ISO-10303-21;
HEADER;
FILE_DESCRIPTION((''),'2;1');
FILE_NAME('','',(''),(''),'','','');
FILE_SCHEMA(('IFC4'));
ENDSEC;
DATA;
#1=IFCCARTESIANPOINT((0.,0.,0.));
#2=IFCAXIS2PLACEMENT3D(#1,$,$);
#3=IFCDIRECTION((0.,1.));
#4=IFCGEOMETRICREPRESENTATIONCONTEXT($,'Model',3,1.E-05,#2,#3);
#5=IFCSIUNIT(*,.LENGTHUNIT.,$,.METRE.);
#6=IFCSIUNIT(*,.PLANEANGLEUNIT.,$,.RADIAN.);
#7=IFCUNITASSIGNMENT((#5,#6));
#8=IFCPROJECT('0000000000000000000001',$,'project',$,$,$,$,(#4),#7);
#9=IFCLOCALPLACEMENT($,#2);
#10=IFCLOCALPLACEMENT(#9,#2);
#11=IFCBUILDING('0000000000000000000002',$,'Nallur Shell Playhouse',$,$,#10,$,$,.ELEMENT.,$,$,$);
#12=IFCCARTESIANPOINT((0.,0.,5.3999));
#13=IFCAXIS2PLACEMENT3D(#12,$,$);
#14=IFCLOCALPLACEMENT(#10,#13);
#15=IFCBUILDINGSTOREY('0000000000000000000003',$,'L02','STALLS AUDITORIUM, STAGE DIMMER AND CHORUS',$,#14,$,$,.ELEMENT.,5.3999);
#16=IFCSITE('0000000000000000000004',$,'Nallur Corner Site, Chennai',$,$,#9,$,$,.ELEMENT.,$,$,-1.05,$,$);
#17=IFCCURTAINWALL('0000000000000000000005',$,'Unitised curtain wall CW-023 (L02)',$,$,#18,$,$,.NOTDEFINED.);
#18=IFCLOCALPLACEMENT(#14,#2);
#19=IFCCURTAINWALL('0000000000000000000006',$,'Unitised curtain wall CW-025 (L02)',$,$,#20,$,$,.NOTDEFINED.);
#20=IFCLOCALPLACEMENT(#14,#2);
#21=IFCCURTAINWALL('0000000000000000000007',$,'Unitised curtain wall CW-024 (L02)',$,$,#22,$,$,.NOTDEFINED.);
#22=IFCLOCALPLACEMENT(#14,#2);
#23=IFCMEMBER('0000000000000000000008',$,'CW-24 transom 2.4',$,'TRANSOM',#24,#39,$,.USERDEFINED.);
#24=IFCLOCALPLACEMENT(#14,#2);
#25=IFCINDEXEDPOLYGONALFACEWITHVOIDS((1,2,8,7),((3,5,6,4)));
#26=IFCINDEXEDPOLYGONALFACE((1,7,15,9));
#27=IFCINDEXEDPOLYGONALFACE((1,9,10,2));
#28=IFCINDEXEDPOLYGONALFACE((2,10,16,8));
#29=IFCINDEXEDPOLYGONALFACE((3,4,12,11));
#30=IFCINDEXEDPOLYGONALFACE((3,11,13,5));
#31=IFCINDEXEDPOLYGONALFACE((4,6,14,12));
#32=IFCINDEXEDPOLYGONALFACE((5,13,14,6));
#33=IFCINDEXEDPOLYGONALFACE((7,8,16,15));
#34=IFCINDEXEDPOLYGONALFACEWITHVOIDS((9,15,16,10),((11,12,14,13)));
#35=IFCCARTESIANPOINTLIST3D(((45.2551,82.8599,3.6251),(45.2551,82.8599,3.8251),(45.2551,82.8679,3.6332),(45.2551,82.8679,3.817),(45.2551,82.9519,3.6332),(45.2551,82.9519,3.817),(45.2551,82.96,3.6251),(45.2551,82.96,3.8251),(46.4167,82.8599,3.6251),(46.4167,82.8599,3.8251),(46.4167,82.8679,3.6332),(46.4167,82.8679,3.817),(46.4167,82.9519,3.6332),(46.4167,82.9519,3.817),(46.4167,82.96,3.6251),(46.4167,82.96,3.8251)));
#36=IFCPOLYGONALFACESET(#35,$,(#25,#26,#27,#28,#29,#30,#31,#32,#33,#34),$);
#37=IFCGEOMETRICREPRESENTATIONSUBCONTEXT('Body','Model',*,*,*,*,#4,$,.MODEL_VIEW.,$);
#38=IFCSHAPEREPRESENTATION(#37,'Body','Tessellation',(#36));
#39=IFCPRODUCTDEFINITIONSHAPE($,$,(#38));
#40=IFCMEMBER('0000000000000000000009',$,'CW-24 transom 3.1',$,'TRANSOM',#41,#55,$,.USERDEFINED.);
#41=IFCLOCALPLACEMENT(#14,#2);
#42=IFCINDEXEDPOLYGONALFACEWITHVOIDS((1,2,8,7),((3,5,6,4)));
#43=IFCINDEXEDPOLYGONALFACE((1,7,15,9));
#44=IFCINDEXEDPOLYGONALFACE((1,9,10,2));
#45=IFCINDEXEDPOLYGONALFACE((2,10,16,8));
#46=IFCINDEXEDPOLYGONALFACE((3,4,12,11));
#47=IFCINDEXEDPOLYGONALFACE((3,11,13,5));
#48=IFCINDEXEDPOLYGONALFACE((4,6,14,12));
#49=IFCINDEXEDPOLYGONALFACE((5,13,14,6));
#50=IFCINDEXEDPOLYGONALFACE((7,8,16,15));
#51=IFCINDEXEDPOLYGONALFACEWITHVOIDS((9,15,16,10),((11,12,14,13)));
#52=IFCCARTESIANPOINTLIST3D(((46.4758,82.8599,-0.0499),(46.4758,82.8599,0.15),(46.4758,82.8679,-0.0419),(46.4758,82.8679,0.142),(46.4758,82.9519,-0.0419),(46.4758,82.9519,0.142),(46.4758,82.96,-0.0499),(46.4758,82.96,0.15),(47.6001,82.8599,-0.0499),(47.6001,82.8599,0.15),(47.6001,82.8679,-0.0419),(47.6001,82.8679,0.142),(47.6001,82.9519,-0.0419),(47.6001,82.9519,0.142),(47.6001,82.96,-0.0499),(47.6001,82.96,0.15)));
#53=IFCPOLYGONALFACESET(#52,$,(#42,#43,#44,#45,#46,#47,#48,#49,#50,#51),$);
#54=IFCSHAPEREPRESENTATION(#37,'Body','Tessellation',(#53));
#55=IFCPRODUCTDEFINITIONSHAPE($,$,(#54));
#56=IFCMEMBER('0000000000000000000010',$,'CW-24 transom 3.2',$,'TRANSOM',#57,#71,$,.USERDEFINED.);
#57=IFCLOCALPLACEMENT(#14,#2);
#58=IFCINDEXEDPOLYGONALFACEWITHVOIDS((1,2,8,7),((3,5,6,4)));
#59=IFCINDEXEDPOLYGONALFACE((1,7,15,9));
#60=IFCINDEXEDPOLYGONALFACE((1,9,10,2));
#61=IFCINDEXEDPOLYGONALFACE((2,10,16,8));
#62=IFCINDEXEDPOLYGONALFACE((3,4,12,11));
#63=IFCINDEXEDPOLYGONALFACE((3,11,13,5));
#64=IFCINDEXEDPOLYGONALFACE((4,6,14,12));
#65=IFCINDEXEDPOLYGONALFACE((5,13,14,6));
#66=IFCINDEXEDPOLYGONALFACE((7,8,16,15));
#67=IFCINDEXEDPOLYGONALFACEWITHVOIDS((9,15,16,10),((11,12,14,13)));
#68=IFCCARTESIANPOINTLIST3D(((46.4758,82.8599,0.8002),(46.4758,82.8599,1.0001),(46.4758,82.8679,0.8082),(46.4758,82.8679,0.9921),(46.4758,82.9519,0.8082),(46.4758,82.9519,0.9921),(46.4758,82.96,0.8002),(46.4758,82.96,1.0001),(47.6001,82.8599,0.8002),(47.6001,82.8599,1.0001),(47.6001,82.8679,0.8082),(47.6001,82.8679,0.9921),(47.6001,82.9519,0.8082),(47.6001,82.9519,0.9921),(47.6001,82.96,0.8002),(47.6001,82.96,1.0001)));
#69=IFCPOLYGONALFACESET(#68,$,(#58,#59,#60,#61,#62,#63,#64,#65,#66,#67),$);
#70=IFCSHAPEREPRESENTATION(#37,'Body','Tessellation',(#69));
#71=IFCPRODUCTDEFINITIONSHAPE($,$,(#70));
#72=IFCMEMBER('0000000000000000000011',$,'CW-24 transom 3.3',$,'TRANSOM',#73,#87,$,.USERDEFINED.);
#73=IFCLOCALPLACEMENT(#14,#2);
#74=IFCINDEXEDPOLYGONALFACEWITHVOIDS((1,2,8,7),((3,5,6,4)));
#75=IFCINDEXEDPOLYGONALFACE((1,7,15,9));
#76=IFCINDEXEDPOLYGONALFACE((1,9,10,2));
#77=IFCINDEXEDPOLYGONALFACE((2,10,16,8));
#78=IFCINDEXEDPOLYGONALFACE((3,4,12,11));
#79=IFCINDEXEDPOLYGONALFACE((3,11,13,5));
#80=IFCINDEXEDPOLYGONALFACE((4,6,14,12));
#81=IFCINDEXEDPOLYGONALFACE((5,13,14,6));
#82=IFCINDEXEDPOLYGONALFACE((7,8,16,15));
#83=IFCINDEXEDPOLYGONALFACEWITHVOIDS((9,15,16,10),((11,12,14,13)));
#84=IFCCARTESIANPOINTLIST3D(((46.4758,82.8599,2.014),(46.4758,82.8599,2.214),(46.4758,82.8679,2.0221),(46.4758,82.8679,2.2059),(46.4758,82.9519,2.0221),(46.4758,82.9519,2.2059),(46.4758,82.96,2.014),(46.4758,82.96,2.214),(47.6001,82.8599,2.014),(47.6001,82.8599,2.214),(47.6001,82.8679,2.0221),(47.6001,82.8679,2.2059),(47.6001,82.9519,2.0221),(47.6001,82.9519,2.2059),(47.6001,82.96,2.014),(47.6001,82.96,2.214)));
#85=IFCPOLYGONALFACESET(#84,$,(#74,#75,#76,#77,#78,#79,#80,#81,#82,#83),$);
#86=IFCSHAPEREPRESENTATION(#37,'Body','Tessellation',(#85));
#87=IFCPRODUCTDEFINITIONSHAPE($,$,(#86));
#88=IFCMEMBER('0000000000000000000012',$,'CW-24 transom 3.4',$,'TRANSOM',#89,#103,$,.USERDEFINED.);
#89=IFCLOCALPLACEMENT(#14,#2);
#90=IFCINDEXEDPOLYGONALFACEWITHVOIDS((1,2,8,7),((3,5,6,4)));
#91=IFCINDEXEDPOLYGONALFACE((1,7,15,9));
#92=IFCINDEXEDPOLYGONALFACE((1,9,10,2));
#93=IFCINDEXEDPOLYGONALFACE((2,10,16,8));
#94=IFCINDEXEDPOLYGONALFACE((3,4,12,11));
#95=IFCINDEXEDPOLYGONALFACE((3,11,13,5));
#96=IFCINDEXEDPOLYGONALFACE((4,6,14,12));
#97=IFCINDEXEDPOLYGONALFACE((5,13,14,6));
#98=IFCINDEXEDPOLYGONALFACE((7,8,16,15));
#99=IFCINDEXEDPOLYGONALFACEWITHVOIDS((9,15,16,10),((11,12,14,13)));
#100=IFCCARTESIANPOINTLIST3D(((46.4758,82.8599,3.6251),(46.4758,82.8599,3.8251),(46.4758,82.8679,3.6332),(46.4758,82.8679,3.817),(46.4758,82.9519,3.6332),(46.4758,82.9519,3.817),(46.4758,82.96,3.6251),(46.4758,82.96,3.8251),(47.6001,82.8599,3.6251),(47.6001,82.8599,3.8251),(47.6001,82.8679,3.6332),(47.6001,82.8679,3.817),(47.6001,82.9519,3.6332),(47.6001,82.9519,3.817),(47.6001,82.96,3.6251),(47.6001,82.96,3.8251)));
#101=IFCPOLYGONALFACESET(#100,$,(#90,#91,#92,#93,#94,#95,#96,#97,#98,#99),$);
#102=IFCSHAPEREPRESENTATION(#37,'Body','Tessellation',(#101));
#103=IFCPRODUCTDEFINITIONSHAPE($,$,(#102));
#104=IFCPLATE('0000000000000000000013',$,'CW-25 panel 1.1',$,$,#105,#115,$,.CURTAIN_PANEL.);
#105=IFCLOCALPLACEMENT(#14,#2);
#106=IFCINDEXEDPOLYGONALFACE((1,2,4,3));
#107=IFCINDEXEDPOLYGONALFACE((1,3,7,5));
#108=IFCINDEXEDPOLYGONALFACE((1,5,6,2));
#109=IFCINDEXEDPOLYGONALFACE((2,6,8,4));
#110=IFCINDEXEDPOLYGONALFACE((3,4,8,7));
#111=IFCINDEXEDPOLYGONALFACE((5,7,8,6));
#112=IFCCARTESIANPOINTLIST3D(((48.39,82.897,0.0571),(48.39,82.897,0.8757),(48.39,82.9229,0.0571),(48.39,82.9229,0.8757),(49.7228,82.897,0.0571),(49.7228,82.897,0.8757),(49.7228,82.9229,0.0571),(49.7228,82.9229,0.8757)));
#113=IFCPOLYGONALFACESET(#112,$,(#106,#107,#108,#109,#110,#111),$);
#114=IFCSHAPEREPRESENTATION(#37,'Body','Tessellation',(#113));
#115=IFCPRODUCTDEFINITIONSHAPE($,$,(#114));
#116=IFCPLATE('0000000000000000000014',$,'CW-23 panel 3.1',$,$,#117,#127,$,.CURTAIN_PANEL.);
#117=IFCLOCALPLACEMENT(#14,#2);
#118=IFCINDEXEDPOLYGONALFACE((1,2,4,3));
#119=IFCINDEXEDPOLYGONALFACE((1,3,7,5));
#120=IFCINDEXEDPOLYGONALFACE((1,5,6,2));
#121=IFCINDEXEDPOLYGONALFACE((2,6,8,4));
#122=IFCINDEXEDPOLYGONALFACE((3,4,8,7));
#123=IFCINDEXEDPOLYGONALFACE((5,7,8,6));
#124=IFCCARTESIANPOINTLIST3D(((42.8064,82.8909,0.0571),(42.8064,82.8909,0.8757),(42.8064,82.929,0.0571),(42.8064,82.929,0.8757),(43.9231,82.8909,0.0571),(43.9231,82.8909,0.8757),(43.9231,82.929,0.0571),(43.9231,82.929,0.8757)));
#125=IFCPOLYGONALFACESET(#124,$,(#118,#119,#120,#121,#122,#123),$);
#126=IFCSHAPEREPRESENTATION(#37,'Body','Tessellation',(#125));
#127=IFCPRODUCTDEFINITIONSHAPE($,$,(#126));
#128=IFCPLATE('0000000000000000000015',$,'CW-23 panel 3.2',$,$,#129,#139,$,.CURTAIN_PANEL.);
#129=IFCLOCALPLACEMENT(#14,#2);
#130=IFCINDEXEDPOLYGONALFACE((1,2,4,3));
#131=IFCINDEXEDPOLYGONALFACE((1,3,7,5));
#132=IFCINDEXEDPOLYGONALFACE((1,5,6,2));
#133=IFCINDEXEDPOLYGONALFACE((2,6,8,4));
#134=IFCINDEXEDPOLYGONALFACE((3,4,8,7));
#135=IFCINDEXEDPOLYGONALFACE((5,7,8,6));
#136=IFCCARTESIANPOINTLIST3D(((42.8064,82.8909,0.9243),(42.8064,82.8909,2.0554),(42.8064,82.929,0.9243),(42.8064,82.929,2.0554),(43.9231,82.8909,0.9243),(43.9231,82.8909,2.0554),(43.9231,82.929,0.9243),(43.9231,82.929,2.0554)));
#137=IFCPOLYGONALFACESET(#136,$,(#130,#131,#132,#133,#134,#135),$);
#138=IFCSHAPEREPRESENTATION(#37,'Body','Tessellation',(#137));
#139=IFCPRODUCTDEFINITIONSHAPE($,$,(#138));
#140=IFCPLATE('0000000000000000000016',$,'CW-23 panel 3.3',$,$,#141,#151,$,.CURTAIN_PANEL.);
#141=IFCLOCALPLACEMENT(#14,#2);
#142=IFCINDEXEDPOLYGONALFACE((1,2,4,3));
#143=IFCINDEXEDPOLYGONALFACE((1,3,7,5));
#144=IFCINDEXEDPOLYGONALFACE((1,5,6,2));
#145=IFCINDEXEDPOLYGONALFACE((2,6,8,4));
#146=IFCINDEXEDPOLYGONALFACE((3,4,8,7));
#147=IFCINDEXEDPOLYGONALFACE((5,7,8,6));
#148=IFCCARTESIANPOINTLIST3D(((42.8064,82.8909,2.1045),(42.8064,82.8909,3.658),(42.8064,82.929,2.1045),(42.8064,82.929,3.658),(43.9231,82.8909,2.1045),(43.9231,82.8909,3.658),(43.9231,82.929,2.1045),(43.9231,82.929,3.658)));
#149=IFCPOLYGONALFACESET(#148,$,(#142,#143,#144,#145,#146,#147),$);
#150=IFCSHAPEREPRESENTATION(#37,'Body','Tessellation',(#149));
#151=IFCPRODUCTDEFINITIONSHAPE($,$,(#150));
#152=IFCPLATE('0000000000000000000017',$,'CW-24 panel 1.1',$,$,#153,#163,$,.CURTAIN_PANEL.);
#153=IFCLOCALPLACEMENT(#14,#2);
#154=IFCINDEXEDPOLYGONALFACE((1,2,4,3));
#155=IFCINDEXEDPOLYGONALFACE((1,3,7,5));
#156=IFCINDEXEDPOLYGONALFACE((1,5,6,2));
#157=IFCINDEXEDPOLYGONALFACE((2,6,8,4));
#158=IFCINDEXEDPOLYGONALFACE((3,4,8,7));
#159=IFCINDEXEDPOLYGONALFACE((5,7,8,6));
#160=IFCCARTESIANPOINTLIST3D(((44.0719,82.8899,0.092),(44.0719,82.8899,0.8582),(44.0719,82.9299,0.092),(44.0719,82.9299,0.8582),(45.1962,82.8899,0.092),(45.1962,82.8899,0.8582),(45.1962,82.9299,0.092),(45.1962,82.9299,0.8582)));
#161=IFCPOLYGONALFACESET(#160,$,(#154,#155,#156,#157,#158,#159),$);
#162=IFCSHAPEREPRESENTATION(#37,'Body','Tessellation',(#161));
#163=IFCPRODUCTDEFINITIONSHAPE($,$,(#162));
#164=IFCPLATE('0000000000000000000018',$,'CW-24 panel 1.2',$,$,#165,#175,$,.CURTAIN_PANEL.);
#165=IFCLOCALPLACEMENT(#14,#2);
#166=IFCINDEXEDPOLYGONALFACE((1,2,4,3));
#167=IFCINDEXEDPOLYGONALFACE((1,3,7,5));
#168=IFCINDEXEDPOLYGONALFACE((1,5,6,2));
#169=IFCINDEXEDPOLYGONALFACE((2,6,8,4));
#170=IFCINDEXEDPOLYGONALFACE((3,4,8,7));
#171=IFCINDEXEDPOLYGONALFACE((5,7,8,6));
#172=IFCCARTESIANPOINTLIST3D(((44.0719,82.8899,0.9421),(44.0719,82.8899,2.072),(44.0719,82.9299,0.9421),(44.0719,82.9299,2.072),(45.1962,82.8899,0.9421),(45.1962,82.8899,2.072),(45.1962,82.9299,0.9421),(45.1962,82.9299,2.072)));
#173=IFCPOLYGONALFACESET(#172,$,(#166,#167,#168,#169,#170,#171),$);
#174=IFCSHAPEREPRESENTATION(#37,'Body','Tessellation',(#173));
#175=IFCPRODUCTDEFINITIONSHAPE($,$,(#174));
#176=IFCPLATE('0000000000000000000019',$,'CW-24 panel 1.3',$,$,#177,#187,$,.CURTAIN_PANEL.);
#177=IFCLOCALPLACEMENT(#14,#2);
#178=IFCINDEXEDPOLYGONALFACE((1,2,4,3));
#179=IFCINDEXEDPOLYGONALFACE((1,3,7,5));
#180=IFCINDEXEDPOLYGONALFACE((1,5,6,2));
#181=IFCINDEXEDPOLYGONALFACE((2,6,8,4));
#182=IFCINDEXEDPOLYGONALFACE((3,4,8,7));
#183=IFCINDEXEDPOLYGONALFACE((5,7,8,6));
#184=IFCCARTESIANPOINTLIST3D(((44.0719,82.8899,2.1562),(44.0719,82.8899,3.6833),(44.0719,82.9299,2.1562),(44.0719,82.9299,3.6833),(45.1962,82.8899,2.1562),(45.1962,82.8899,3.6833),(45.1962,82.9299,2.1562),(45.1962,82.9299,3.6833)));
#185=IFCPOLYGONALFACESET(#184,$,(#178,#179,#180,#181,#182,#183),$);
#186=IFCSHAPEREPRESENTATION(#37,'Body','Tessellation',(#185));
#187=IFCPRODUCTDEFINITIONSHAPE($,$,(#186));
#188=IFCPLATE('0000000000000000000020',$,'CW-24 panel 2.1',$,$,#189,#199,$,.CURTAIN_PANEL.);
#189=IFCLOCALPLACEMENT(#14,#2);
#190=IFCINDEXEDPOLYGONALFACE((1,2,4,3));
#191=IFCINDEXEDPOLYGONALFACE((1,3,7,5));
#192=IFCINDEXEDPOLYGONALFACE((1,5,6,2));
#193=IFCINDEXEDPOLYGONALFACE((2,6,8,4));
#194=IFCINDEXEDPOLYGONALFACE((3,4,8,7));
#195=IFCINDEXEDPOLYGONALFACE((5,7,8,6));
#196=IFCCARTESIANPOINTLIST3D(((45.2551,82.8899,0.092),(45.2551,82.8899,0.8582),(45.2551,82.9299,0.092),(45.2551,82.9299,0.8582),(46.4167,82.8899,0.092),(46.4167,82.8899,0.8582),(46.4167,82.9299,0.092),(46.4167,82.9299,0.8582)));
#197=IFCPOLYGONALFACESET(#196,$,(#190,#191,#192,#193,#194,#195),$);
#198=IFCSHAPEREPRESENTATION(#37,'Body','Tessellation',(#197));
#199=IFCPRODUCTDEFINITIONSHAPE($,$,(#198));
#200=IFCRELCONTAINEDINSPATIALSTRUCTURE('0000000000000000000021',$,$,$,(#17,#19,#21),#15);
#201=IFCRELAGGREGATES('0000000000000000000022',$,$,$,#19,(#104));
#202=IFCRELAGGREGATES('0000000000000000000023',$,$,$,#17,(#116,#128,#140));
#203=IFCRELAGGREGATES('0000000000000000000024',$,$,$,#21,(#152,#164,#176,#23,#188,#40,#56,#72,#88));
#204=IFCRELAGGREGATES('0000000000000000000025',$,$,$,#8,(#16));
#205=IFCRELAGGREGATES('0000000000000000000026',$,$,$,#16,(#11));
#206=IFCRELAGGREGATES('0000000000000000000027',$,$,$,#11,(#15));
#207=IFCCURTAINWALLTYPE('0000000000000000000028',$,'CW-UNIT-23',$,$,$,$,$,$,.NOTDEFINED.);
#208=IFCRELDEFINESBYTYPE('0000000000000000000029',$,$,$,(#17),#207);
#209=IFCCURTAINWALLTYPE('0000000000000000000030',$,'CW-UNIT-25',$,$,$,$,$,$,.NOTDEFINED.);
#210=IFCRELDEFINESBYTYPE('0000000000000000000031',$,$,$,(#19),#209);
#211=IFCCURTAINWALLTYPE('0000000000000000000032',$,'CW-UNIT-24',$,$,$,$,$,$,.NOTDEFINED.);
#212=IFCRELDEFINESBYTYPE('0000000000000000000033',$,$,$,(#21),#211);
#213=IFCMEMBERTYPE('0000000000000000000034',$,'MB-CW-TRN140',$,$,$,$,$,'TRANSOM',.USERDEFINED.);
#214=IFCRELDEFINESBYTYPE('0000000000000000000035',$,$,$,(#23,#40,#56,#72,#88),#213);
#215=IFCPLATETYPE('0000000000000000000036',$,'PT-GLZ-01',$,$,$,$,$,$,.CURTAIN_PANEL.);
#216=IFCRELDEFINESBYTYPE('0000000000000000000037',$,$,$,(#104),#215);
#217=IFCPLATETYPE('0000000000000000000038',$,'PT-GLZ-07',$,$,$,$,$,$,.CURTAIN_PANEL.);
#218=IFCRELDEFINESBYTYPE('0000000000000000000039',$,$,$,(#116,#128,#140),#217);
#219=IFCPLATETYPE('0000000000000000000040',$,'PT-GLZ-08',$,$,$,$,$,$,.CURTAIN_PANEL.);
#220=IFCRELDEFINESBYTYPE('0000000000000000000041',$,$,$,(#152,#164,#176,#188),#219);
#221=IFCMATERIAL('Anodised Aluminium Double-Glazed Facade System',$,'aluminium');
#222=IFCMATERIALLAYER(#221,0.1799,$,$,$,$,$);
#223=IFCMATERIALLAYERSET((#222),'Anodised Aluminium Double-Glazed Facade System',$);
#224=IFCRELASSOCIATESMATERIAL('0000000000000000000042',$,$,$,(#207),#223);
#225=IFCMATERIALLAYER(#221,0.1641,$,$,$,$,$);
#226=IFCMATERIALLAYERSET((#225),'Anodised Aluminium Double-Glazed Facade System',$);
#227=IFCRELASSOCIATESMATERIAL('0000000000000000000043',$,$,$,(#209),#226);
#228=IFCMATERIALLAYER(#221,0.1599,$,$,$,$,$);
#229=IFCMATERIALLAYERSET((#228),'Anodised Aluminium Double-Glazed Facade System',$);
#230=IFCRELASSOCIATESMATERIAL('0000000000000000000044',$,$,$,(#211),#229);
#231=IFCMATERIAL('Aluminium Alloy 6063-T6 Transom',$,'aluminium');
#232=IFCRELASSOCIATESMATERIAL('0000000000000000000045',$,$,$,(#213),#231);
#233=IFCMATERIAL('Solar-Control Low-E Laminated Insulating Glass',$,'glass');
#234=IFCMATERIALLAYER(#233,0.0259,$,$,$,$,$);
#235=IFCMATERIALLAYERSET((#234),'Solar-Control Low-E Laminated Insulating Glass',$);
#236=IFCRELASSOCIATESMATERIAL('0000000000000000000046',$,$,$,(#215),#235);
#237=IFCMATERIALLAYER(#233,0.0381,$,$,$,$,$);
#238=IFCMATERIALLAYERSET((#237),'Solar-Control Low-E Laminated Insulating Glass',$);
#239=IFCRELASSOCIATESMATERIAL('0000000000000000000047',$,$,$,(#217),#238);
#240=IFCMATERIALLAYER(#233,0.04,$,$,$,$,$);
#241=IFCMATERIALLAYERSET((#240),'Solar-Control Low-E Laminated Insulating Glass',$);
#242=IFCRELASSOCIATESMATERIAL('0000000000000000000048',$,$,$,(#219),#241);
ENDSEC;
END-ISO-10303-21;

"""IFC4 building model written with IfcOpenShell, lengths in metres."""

from ifc_helpers import new_model, si_unit, direction, frame, origin, origin_2d, place, context, subcontext, project, spatial, rectangle, hollow_rectangle, extrude, material, layer, layer_set, material_profile, profile_set, type_object, element, aggregate, save


model = new_model("IFC4")

# Units and contexts
model_context = context("Model", 3, precision=1e-05, world=origin(), true_north=direction((0.0, 1.0)))
body_context = subcontext(model_context, "Body", "Model", "MODEL_VIEW")
ifc_project = project(units=[si_unit("LENGTHUNIT", "METRE"), si_unit("PLANEANGLEUNIT", "RADIAN")], contexts=[model_context])

# Site, building, storey
site_placement = place(None, origin())
site = spatial("IfcSite", under=ifc_project, at=site_placement, Name="Nallur Corner Site, Chennai", CompositionType="ELEMENT", RefElevation=-1.05)
building_placement = place(site_placement, origin())
building = spatial("IfcBuilding", under=site, at=building_placement, Name="Nallur Shell Playhouse", CompositionType="ELEMENT")
storey_placement = place(building_placement, frame((0.0, 0.0, 5.3999)))
storey = spatial("IfcBuildingStorey", under=building, at=storey_placement, Name="L02", Description="STALLS AUDITORIUM, STAGE DIMMER AND CHORUS", CompositionType="ELEMENT", Elevation=5.3999)

# Curtain walls
ifc_material_1 = material(Name="Anodised Aluminium Double-Glazed Facade System", Category="aluminium")
ifc_layer_1 = layer(ifc_material_1, 0.1799)
ifc_layer_set_1 = layer_set([ifc_layer_1], Name="Anodised Aluminium Double-Glazed Facade System")
curtain_wall_type_1 = type_object("IfcCurtainWallType", Name="CW-UNIT-23", PredefinedType="NOTDEFINED", material=ifc_layer_set_1)
curtain_wall_1_placement = place(storey_placement, origin())
curtain_wall_1 = element("IfcCurtainWall", 1, at=curtain_wall_1_placement, inside=storey, type_object=curtain_wall_type_1, Name="Unitised curtain wall CW-023 (L02)", PredefinedType="NOTDEFINED")
ifc_layer_2 = layer(ifc_material_1, 0.1641)
ifc_layer_set_2 = layer_set([ifc_layer_2], Name="Anodised Aluminium Double-Glazed Facade System")
curtain_wall_type_2 = type_object("IfcCurtainWallType", Name="CW-UNIT-25", PredefinedType="NOTDEFINED", material=ifc_layer_set_2)
curtain_wall_2_placement = place(storey_placement, origin())
curtain_wall_2 = element("IfcCurtainWall", 2, at=curtain_wall_2_placement, inside=storey, type_object=curtain_wall_type_2, Name="Unitised curtain wall CW-025 (L02)", PredefinedType="NOTDEFINED")

# Curtain wall
ifc_layer_3 = layer(ifc_material_1, 0.1599)
ifc_layer_set_3 = layer_set([ifc_layer_3], Name="Anodised Aluminium Double-Glazed Facade System")
curtain_wall_type_3 = type_object("IfcCurtainWallType", Name="CW-UNIT-24", PredefinedType="NOTDEFINED", material=ifc_layer_set_3)
curtain_wall_3_placement = place(storey_placement, origin())
curtain_wall_3 = element("IfcCurtainWall", 3, at=curtain_wall_3_placement, inside=storey, type_object=curtain_wall_type_3, Name="Unitised curtain wall CW-024 (L02)", PredefinedType="NOTDEFINED")

# Members
ifc_material_2 = material(Name="Aluminium Alloy 6063-T6 Transom", Category="aluminium")
ifc_material_profile_1 = material_profile(ifc_material_2, hollow_rectangle(XDim=0.1001, YDim=0.2, WallThickness=0.0081, at=origin_2d()), Name="RHS 200x100x8")
ifc_profile_set_1 = profile_set([ifc_material_profile_1], Name="Aluminium Alloy 6063-T6 Transom")
member_type_1 = type_object("IfcMemberType", Name="MB-CW-TRN140", ElementType="TRANSOM", PredefinedType="USERDEFINED", material=ifc_profile_set_1)
member_1_placement = place(storey_placement, frame((45.2551, 82.9099, 3.7251), z_axis=(1.0, 0.0, 0.0), x_axis=(0.0, 1.0, 0.0)))
member_1 = element("IfcMember", 4, at=member_1_placement, type_object=member_type_1, Name="CW-24 transom 2.4", ObjectType="TRANSOM", PredefinedType="USERDEFINED", context=body_context, shape_type="SweptSolid", body=[
    extrude(hollow_rectangle(XDim=0.1001, YDim=0.2, WallThickness=0.0081, at=origin_2d()), origin(), (0.0, 0.0, 1.0), 1.1616),
])
member_2_placement = place(storey_placement, frame((46.4758, 82.9099, 0.05), z_axis=(1.0, 0.0, 0.0), x_axis=(0.0, 1.0, 0.0)))
member_2 = element("IfcMember", 5, at=member_2_placement, type_object=member_type_1, Name="CW-24 transom 3.1", ObjectType="TRANSOM", PredefinedType="USERDEFINED", context=body_context, shape_type="SweptSolid", body=[
    extrude(hollow_rectangle(XDim=0.1001, YDim=0.2, WallThickness=0.0081, at=origin_2d()), origin(), (0.0, 0.0, 1.0), 1.1243),
])
member_3_placement = place(storey_placement, frame((46.4758, 82.9099, 0.9001), z_axis=(1.0, 0.0, 0.0), x_axis=(0.0, 1.0, 0.0)))
member_3 = element("IfcMember", 6, at=member_3_placement, type_object=member_type_1, Name="CW-24 transom 3.2", ObjectType="TRANSOM", PredefinedType="USERDEFINED", context=body_context, shape_type="SweptSolid", body=[
    extrude(hollow_rectangle(XDim=0.1001, YDim=0.2, WallThickness=0.0081, at=origin_2d()), origin(), (0.0, 0.0, 1.0), 1.1243),
])
member_4_placement = place(storey_placement, frame((46.4758, 82.9099, 2.114), z_axis=(1.0, 0.0, 0.0), x_axis=(0.0, 1.0, 0.0)))
member_4 = element("IfcMember", 7, at=member_4_placement, type_object=member_type_1, Name="CW-24 transom 3.3", ObjectType="TRANSOM", PredefinedType="USERDEFINED", context=body_context, shape_type="SweptSolid", body=[
    extrude(hollow_rectangle(XDim=0.1001, YDim=0.2, WallThickness=0.0081, at=origin_2d()), origin(), (0.0, 0.0, 1.0), 1.1243),
])
member_5_placement = place(storey_placement, frame((46.4758, 82.9099, 3.7251), z_axis=(1.0, 0.0, 0.0), x_axis=(0.0, 1.0, 0.0)))
member_5 = element("IfcMember", 8, at=member_5_placement, type_object=member_type_1, Name="CW-24 transom 3.4", ObjectType="TRANSOM", PredefinedType="USERDEFINED", context=body_context, shape_type="SweptSolid", body=[
    extrude(hollow_rectangle(XDim=0.1001, YDim=0.2, WallThickness=0.0081, at=origin_2d()), origin(), (0.0, 0.0, 1.0), 1.1243),
])

# Plates
ifc_material_3 = material(Name="Solar-Control Low-E Laminated Insulating Glass", Category="glass")
ifc_layer_4 = layer(ifc_material_3, 0.0259)
ifc_layer_set_4 = layer_set([ifc_layer_4], Name="Solar-Control Low-E Laminated Insulating Glass")
plate_type_1 = type_object("IfcPlateType", Name="PT-GLZ-01", PredefinedType="CURTAIN_PANEL", material=ifc_layer_set_4)
plate_1_placement = place(storey_placement, frame((49.0564, 82.9099, 0.0571), z_axis=(0.0, 0.0, 1.0), x_axis=(1.0, 0.0, 0.0)))
plate_1 = element("IfcPlate", 9, at=plate_1_placement, type_object=plate_type_1, Name="CW-25 panel 1.1", PredefinedType="CURTAIN_PANEL", context=body_context, shape_type="SweptSolid", body=[
    extrude(rectangle(XDim=1.3328, YDim=0.0259, at=origin_2d()), origin(), (0.0, 0.0, 1.0), 0.8186),
])
aggregate(curtain_wall_2, [plate_1])
ifc_layer_5 = layer(ifc_material_3, 0.0381)
ifc_layer_set_5 = layer_set([ifc_layer_5], Name="Solar-Control Low-E Laminated Insulating Glass")
plate_type_2 = type_object("IfcPlateType", Name="PT-GLZ-07", PredefinedType="CURTAIN_PANEL", material=ifc_layer_set_5)
plate_2_placement = place(storey_placement, frame((43.3647, 82.9099, 0.0571), z_axis=(0.0, 0.0, 1.0), x_axis=(1.0, 0.0, 0.0)))
plate_2 = element("IfcPlate", 10, at=plate_2_placement, type_object=plate_type_2, Name="CW-23 panel 3.1", PredefinedType="CURTAIN_PANEL", context=body_context, shape_type="SweptSolid", body=[
    extrude(rectangle(XDim=1.1167, YDim=0.0381, at=origin_2d()), origin(), (0.0, 0.0, 1.0), 0.8186),
])
plate_3_placement = place(storey_placement, frame((43.3647, 82.9099, 0.9243), z_axis=(0.0, 0.0, 1.0), x_axis=(1.0, 0.0, 0.0)))
plate_3 = element("IfcPlate", 11, at=plate_3_placement, type_object=plate_type_2, Name="CW-23 panel 3.2", PredefinedType="CURTAIN_PANEL", context=body_context, shape_type="SweptSolid", body=[
    extrude(rectangle(XDim=1.1167, YDim=0.0381, at=origin_2d()), origin(), (0.0, 0.0, 1.0), 1.1311),
])
plate_4_placement = place(storey_placement, frame((43.3647, 82.9099, 2.1045), z_axis=(0.0, 0.0, 1.0), x_axis=(1.0, 0.0, 0.0)))
plate_4 = element("IfcPlate", 12, at=plate_4_placement, type_object=plate_type_2, Name="CW-23 panel 3.3", PredefinedType="CURTAIN_PANEL", context=body_context, shape_type="SweptSolid", body=[
    extrude(rectangle(XDim=1.1167, YDim=0.0381, at=origin_2d()), origin(), (0.0, 0.0, 1.0), 1.5535),
])
aggregate(curtain_wall_1, [plate_2, plate_3, plate_4])
ifc_layer_6 = layer(ifc_material_3, 0.04)
ifc_layer_set_6 = layer_set([ifc_layer_6], Name="Solar-Control Low-E Laminated Insulating Glass")
plate_type_3 = type_object("IfcPlateType", Name="PT-GLZ-08", PredefinedType="CURTAIN_PANEL", material=ifc_layer_set_6)
plate_5_placement = place(storey_placement, frame((44.634, 82.9099, 0.092), z_axis=(0.0, 0.0, 1.0), x_axis=(1.0, 0.0, 0.0)))
plate_5 = element("IfcPlate", 13, at=plate_5_placement, type_object=plate_type_3, Name="CW-24 panel 1.1", PredefinedType="CURTAIN_PANEL", context=body_context, shape_type="SweptSolid", body=[
    extrude(rectangle(XDim=1.1243, YDim=0.04, at=origin_2d()), origin(), (0.0, 0.0, 1.0), 0.7661),
])
plate_6_placement = place(storey_placement, frame((44.634, 82.9099, 0.9421), z_axis=(0.0, 0.0, 1.0), x_axis=(1.0, 0.0, 0.0)))
plate_6 = element("IfcPlate", 14, at=plate_6_placement, type_object=plate_type_3, Name="CW-24 panel 1.2", PredefinedType="CURTAIN_PANEL", context=body_context, shape_type="SweptSolid", body=[
    extrude(rectangle(XDim=1.1243, YDim=0.04, at=origin_2d()), origin(), (0.0, 0.0, 1.0), 1.1299),
])
plate_7_placement = place(storey_placement, frame((44.634, 82.9099, 2.1562), z_axis=(0.0, 0.0, 1.0), x_axis=(1.0, 0.0, 0.0)))
plate_7 = element("IfcPlate", 15, at=plate_7_placement, type_object=plate_type_3, Name="CW-24 panel 1.3", PredefinedType="CURTAIN_PANEL", context=body_context, shape_type="SweptSolid", body=[
    extrude(rectangle(XDim=1.1243, YDim=0.04, at=origin_2d()), origin(), (0.0, 0.0, 1.0), 1.5271),
])
plate_8_placement = place(storey_placement, frame((45.8359, 82.9099, 0.092), z_axis=(0.0, 0.0, 1.0), x_axis=(1.0, 0.0, 0.0)))
plate_8 = element("IfcPlate", 16, at=plate_8_placement, type_object=plate_type_3, Name="CW-24 panel 2.1", PredefinedType="CURTAIN_PANEL", context=body_context, shape_type="SweptSolid", body=[
    extrude(rectangle(XDim=1.1616, YDim=0.04, at=origin_2d()), origin(), (0.0, 0.0, 1.0), 0.7661),
])
aggregate(curtain_wall_3, [plate_5, plate_6, plate_7, member_1, plate_8, member_2, member_3, member_4, member_5])

save(model, "model.ifc")
